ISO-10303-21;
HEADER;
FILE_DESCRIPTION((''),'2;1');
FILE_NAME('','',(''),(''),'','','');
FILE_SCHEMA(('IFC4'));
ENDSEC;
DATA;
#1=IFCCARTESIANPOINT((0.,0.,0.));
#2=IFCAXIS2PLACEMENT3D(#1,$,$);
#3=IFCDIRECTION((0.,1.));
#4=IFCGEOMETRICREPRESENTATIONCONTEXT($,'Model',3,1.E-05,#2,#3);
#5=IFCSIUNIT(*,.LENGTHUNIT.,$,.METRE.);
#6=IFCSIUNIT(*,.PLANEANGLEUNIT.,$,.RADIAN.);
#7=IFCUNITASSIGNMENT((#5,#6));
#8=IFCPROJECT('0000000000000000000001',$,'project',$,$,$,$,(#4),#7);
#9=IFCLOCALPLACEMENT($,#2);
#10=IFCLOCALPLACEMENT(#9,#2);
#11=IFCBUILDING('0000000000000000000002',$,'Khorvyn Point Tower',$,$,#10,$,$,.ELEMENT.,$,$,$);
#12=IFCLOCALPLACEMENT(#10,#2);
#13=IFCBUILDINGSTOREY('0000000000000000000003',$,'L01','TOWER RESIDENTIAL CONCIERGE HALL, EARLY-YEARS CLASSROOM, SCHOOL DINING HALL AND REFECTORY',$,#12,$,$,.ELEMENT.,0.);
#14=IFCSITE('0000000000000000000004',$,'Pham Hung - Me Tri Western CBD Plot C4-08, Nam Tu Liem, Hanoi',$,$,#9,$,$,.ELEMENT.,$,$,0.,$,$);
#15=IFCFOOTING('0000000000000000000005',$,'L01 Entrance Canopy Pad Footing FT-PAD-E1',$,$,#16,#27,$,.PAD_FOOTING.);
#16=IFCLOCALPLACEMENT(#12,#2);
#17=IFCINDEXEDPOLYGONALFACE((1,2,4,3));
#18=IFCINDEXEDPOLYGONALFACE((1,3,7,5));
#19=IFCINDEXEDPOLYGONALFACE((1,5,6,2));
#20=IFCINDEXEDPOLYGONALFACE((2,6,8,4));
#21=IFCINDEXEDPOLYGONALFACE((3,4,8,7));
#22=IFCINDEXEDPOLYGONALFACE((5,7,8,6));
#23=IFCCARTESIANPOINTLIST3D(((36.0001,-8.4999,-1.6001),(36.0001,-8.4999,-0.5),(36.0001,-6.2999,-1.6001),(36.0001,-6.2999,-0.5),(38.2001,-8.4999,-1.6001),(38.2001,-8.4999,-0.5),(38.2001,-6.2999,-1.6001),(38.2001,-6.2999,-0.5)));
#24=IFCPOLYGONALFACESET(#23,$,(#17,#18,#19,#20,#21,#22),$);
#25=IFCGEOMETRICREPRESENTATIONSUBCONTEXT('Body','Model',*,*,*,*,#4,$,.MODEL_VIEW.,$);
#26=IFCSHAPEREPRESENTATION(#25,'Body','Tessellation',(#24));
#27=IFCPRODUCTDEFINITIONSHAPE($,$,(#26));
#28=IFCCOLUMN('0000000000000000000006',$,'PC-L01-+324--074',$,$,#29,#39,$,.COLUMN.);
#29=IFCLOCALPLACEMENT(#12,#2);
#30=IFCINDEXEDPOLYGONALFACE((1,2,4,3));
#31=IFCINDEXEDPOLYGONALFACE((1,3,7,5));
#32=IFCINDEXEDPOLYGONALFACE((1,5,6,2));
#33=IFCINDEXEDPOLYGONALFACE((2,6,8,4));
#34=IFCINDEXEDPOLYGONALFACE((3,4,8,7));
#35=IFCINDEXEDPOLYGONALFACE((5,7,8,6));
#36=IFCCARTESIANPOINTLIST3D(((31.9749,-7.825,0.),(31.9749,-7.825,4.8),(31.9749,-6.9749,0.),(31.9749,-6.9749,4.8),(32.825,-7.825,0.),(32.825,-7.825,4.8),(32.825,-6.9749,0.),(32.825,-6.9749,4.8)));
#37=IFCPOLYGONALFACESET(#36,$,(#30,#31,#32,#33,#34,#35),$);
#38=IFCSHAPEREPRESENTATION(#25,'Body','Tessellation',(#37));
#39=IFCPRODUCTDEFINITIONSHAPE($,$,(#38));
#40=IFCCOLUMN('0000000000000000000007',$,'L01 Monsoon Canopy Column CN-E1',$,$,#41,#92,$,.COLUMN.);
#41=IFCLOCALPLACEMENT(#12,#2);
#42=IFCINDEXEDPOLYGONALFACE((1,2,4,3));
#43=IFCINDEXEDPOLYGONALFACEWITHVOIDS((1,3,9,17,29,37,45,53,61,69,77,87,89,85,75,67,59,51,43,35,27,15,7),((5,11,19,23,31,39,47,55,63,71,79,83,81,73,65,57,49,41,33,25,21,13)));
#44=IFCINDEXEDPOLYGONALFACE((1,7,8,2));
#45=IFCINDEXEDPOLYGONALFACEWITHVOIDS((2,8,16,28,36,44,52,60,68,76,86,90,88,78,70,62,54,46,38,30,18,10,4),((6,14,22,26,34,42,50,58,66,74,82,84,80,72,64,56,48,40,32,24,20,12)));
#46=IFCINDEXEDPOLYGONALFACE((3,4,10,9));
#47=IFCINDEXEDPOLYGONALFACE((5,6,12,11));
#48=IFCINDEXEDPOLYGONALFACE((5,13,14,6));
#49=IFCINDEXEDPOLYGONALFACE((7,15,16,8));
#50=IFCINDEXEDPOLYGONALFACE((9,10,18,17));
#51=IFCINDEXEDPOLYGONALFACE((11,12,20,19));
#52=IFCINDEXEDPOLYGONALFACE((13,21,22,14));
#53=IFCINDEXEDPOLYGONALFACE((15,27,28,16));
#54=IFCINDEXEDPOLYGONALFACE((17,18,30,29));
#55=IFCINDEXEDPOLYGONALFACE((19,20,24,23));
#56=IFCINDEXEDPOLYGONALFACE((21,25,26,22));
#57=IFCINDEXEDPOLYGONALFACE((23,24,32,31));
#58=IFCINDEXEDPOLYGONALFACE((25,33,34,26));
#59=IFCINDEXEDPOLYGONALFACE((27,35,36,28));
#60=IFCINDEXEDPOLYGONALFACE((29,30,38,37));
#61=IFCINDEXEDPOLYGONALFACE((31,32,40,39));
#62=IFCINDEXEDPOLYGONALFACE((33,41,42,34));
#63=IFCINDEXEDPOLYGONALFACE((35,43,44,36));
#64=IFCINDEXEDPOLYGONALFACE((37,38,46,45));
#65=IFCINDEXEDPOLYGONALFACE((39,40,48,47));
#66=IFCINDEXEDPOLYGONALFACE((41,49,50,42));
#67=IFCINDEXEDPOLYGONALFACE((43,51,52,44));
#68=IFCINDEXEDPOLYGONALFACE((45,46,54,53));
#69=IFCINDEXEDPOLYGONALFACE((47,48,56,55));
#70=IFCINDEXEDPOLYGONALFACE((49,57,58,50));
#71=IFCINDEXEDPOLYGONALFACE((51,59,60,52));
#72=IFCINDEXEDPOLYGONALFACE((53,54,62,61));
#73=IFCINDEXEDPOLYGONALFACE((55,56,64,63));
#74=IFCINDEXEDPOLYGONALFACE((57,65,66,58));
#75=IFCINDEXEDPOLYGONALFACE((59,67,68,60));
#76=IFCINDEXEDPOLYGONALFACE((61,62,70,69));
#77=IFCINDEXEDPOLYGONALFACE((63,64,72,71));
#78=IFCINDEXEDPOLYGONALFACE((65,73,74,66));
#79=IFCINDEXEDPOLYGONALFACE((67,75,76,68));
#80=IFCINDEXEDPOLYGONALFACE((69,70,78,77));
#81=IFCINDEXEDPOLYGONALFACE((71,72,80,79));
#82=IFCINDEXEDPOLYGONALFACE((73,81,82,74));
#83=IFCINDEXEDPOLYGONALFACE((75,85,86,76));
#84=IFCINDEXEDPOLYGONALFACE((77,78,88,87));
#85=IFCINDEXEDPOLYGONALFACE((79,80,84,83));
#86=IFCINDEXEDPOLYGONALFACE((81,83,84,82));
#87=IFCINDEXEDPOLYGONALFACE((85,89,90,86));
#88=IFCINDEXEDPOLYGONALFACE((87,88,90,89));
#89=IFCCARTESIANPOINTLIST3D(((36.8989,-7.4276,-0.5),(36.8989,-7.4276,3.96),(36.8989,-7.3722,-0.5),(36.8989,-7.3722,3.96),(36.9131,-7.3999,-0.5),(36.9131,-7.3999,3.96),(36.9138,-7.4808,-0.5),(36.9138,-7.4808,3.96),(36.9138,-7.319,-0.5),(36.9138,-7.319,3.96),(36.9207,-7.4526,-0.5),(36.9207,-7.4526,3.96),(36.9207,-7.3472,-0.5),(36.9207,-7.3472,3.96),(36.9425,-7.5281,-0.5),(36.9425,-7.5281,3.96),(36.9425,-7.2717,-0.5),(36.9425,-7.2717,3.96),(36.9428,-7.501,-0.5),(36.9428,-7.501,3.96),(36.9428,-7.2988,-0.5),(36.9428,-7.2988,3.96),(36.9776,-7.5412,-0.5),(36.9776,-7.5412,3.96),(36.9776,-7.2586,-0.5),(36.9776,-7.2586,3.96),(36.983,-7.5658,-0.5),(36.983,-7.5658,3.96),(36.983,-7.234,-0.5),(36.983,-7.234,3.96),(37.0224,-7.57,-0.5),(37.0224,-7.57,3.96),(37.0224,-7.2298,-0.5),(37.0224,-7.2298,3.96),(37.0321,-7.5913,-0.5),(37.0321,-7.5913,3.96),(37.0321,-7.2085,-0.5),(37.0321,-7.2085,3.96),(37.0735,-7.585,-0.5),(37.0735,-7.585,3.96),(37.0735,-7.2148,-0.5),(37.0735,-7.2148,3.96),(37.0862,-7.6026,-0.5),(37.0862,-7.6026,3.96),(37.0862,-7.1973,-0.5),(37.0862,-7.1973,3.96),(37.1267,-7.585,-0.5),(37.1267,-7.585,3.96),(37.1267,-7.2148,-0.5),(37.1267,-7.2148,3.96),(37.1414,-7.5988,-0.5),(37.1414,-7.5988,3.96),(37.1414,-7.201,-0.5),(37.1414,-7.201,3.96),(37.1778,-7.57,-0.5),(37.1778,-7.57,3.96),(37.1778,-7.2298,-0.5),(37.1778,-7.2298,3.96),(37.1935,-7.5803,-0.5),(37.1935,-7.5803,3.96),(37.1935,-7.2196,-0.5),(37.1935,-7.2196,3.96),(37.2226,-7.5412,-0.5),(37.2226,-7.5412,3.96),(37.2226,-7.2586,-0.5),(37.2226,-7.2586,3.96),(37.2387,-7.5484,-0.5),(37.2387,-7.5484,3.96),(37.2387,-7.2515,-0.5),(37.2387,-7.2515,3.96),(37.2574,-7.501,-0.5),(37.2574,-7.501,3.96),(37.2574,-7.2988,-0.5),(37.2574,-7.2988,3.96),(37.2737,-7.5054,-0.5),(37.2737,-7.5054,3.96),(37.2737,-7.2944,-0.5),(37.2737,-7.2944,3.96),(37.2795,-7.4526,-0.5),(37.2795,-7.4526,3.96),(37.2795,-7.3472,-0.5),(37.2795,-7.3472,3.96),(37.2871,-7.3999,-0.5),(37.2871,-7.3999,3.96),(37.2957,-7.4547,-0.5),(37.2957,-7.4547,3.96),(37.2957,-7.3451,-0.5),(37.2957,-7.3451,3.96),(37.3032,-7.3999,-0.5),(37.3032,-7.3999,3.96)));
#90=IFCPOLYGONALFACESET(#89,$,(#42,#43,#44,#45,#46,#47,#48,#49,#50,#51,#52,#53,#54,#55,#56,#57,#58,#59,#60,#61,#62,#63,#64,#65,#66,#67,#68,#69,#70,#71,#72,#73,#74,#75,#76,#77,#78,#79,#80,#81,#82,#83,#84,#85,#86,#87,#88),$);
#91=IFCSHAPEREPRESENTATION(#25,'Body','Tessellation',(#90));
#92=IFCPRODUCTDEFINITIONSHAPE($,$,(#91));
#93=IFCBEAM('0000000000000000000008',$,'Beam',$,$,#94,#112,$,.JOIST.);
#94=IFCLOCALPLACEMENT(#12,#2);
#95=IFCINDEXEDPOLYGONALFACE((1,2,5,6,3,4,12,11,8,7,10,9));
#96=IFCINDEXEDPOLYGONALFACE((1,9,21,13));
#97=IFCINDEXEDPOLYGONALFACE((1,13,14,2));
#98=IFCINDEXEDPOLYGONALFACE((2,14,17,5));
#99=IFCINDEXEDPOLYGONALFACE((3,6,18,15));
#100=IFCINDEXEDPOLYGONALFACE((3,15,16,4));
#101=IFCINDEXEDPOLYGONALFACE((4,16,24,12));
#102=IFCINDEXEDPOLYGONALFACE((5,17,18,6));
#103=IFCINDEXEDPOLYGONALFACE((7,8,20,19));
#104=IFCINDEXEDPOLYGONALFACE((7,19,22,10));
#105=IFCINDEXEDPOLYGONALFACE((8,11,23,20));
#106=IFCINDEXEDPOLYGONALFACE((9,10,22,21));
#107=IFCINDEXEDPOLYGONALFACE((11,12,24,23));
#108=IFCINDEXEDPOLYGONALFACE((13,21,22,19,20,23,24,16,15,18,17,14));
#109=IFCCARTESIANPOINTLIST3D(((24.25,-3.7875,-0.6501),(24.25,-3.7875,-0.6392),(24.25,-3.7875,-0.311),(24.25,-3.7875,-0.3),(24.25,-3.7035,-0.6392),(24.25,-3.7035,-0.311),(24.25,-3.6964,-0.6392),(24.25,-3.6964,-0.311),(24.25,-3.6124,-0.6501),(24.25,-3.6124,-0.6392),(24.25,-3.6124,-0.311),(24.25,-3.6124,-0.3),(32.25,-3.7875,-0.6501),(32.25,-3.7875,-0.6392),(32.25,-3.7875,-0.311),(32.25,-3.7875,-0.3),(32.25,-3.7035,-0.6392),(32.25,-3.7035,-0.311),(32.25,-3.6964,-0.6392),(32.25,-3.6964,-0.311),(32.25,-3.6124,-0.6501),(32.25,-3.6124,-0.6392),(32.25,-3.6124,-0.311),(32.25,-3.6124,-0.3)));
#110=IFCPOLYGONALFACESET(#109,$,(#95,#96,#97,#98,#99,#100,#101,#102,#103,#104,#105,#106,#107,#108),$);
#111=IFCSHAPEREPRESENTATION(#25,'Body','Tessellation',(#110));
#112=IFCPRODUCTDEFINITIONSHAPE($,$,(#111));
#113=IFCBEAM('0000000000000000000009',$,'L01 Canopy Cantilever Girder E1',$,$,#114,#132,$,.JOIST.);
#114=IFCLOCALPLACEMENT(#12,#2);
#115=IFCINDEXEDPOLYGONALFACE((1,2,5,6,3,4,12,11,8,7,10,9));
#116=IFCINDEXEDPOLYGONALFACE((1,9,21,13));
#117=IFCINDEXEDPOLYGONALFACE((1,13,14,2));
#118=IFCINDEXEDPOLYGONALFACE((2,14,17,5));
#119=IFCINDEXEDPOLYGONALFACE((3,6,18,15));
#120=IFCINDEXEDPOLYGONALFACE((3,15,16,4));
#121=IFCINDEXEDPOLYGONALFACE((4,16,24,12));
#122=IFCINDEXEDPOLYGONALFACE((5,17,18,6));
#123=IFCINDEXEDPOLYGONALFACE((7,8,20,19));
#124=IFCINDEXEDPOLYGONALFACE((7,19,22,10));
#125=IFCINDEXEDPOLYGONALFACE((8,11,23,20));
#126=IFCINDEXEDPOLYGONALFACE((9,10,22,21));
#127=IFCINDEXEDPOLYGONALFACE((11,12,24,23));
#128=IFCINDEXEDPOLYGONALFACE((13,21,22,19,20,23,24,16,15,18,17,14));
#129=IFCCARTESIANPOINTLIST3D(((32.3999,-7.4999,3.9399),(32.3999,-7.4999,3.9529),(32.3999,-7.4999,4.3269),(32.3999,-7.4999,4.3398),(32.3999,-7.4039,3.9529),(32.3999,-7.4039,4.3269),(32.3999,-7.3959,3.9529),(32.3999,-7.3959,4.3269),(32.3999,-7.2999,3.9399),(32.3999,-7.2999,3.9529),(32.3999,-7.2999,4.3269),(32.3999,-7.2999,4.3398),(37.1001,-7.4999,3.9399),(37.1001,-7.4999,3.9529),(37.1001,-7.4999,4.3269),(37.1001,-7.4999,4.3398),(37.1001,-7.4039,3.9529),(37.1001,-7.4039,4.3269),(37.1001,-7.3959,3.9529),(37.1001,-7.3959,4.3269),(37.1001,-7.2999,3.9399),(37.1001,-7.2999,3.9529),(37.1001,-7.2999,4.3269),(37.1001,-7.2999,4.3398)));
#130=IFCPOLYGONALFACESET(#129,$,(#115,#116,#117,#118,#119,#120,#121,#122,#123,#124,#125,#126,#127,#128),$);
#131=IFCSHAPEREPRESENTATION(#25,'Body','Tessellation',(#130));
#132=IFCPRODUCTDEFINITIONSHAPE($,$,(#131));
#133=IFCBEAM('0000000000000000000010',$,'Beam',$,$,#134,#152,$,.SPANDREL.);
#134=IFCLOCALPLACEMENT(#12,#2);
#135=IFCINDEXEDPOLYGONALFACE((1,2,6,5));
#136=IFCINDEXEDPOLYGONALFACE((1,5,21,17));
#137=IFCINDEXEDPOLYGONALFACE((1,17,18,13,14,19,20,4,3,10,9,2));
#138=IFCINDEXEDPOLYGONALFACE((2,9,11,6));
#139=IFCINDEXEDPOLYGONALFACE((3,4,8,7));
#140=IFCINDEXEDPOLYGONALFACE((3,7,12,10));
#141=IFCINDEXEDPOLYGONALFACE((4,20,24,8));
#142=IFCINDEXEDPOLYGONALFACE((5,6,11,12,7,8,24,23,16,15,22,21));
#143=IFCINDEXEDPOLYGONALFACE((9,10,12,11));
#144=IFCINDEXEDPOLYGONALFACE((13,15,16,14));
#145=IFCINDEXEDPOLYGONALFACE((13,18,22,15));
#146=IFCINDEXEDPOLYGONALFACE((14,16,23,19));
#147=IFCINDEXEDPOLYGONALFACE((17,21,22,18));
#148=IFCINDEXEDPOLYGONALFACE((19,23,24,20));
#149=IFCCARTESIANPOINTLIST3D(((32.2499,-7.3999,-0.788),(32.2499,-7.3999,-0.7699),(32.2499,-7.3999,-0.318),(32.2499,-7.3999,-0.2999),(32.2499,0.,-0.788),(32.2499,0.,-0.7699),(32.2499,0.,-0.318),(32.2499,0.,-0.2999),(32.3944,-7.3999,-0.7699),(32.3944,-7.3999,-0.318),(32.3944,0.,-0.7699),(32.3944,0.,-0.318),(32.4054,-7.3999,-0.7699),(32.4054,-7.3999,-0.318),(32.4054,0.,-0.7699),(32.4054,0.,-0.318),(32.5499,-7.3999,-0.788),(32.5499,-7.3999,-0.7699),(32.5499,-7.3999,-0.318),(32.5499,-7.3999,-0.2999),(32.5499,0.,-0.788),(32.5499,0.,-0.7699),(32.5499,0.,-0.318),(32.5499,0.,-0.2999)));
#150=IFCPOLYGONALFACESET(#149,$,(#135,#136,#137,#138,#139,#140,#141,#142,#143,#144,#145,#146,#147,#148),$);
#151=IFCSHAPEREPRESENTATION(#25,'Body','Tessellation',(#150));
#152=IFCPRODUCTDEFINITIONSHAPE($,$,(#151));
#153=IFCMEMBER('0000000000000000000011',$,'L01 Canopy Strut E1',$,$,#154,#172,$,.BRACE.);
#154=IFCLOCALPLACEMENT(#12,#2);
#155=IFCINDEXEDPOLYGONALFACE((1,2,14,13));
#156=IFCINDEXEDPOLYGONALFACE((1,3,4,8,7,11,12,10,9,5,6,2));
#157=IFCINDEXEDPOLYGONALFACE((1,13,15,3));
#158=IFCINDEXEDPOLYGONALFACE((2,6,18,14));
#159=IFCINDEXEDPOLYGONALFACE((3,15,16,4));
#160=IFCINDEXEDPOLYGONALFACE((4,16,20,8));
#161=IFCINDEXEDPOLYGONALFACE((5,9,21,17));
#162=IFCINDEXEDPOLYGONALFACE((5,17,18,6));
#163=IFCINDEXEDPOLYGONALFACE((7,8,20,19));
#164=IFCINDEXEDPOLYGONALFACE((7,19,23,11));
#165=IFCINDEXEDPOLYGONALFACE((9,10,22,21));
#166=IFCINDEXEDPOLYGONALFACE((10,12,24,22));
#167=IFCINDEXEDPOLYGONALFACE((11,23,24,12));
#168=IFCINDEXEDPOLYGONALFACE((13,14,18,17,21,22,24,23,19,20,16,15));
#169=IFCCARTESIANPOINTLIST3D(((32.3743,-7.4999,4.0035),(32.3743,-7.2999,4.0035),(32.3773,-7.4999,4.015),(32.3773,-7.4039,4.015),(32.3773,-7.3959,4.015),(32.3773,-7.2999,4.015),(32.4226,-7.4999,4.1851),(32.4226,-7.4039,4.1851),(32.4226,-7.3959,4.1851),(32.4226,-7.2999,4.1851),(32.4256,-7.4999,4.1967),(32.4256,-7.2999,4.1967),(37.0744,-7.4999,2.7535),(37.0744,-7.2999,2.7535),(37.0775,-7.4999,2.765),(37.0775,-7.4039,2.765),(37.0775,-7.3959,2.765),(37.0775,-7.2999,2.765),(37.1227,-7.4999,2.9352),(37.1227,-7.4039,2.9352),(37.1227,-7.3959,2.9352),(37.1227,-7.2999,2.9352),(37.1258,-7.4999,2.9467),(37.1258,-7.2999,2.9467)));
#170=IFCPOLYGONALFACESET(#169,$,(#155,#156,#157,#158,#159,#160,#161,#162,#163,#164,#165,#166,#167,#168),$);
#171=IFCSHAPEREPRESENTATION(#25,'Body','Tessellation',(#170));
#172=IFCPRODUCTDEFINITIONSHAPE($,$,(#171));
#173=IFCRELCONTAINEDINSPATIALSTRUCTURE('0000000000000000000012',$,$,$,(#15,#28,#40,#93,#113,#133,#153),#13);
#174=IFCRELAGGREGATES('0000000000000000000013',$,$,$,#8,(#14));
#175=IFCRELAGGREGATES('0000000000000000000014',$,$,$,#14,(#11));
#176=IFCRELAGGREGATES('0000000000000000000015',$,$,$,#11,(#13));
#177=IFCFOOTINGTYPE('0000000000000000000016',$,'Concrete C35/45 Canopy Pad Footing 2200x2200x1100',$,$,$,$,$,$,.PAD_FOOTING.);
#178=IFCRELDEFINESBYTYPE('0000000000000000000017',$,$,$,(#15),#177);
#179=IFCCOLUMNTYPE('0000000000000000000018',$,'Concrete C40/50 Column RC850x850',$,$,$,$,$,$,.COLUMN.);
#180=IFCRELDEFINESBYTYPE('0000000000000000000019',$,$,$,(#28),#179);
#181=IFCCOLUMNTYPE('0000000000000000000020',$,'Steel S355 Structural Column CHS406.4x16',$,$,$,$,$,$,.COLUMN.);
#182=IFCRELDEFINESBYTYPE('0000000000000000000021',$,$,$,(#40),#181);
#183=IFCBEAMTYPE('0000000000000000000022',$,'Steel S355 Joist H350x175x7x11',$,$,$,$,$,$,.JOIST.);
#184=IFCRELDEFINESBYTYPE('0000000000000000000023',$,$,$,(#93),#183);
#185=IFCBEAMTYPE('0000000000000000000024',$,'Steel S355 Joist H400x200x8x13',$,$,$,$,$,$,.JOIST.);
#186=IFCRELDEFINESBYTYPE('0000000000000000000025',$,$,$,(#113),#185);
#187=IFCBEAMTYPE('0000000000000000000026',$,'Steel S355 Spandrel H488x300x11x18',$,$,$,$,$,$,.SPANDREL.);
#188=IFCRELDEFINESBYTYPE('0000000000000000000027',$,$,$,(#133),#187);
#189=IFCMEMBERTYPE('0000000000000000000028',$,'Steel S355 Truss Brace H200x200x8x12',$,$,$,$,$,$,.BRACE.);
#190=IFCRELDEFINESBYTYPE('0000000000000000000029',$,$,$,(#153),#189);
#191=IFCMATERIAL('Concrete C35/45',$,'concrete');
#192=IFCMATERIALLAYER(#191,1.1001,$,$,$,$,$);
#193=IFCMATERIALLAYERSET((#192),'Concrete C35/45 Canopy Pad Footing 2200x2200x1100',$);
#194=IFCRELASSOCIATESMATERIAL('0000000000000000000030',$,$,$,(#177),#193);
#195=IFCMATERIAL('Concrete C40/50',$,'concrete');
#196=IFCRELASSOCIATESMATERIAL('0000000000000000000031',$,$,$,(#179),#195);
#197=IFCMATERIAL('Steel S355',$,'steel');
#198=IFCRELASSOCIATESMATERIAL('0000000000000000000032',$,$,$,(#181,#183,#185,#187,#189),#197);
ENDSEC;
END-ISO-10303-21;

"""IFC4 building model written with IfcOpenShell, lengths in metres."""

from ifc_helpers import new_model, si_unit, direction, frame, origin, origin_2d, place, context, subcontext, project, spatial, rectangle, hollow_circle, i_section, extrude, material, layer, layer_set, material_profile, profile_set, type_object, element, save


model = new_model("IFC4")

# Units and contexts
model_context = context("Model", 3, precision=1e-05, world=origin(), true_north=direction((0.0, 1.0)))
body_context = subcontext(model_context, "Body", "Model", "MODEL_VIEW")
ifc_project = project(units=[si_unit("LENGTHUNIT", "METRE"), si_unit("PLANEANGLEUNIT", "RADIAN")], contexts=[model_context])

# Site, building, storey
site_placement = place(None, origin())
site = spatial("IfcSite", under=ifc_project, at=site_placement, Name="Pham Hung - Me Tri Western CBD Plot C4-08, Nam Tu Liem, Hanoi", CompositionType="ELEMENT", RefElevation=0.0)
building_placement = place(site_placement, origin())
building = spatial("IfcBuilding", under=site, at=building_placement, Name="Khorvyn Point Tower", CompositionType="ELEMENT")
storey_placement = place(building_placement, origin())
storey = spatial("IfcBuildingStorey", under=building, at=storey_placement, Name="L01", Description="TOWER RESIDENTIAL CONCIERGE HALL, EARLY-YEARS CLASSROOM, SCHOOL DINING HALL AND REFECTORY", CompositionType="ELEMENT", Elevation=0.0)

# Footing
ifc_material_1 = material(Name="Concrete C35/45", Category="concrete")
ifc_layer_1 = layer(ifc_material_1, 1.1001)
ifc_layer_set_1 = layer_set([ifc_layer_1], Name="Concrete C35/45 Canopy Pad Footing 2200x2200x1100")
footing_type = type_object("IfcFootingType", Name="Concrete C35/45 Canopy Pad Footing 2200x2200x1100", PredefinedType="PAD_FOOTING", material=ifc_layer_set_1)
footing_placement = place(storey_placement, frame((37.1001, -7.3999, -1.6001), z_axis=(0.0, 0.0, 1.0), x_axis=(1.0, 0.0, 0.0)))
element("IfcFooting", 1, at=footing_placement, inside=storey, type_object=footing_type, Name="L01 Entrance Canopy Pad Footing FT-PAD-E1", PredefinedType="PAD_FOOTING", context=body_context, shape_type="SweptSolid", body=[
    extrude(rectangle(XDim=2.2, YDim=2.2, at=origin_2d()), origin(), (0.0, 0.0, 1.0), 1.1001),
])

# Columns
ifc_material_2 = material(Name="Concrete C40/50", Category="concrete")
ifc_material_profile_1 = material_profile(ifc_material_2, rectangle(XDim=0.8501, YDim=0.8501, at=origin_2d()))
ifc_profile_set_1 = profile_set([ifc_material_profile_1], Name="Concrete C40/50 RC850x850")
column_type_1 = type_object("IfcColumnType", Name="Concrete C40/50 Column RC850x850", PredefinedType="COLUMN", material=ifc_profile_set_1)
column_1_placement = place(storey_placement, frame((32.3999, -7.3999, 0.0), z_axis=(0.0, 0.0, 1.0), x_axis=(1.0, 0.0, 0.0)))
element("IfcColumn", 2, at=column_1_placement, inside=storey, type_object=column_type_1, Name="PC-L01-+324--074", PredefinedType="COLUMN", context=body_context, shape_type="SweptSolid", body=[
    extrude(rectangle(XDim=0.8501, YDim=0.8501, at=origin_2d()), origin(), (0.0, 0.0, 1.0), 4.8),
])
ifc_material_3 = material(Name="Steel S355", Category="steel")
ifc_material_profile_2 = material_profile(ifc_material_3, hollow_circle(Radius=0.2031, WallThickness=0.0161, at=origin_2d()))
ifc_profile_set_2 = profile_set([ifc_material_profile_2], Name="Steel S355 CHS406.4x16")
column_type_2 = type_object("IfcColumnType", Name="Steel S355 Structural Column CHS406.4x16", PredefinedType="COLUMN", material=ifc_profile_set_2)
column_2_placement = place(storey_placement, frame((37.1001, -7.3999, -0.5), z_axis=(0.0, 0.0, 1.0), x_axis=(1.0, 0.0, 0.0)))
element("IfcColumn", 3, at=column_2_placement, inside=storey, type_object=column_type_2, Name="L01 Monsoon Canopy Column CN-E1", PredefinedType="COLUMN", context=body_context, shape_type="SweptSolid", body=[
    extrude(hollow_circle(Radius=0.2031, WallThickness=0.0161, at=origin_2d()), origin(), (0.0, 0.0, 1.0), 4.46),
])

# Beams
ifc_material_profile_3 = material_profile(ifc_material_3, i_section(OverallWidth=0.175, OverallDepth=0.3501, WebThickness=0.0071, FlangeThickness=0.011, at=origin_2d()))
ifc_profile_set_3 = profile_set([ifc_material_profile_3], Name="Steel S355 H350x175x7x11")
beam_type_1 = type_object("IfcBeamType", Name="Steel S355 Joist H350x175x7x11", PredefinedType="JOIST", material=ifc_profile_set_3)
beam_1_placement = place(storey_placement, frame((24.25, -3.7, -0.4751), z_axis=(1.0, 0.0, 0.0), x_axis=(0.0, 1.0, 0.0)))
element("IfcBeam", 4, at=beam_1_placement, inside=storey, type_object=beam_type_1, Name="Beam", PredefinedType="JOIST", context=body_context, shape_type="SweptSolid", body=[
    extrude(i_section(OverallWidth=0.175, OverallDepth=0.3501, WebThickness=0.0071, FlangeThickness=0.011, at=origin_2d()), origin(), (0.0, 0.0, 1.0), 8.0),
])
ifc_material_profile_4 = material_profile(ifc_material_3, i_section(OverallWidth=0.2, OverallDepth=0.3999, WebThickness=0.0081, FlangeThickness=0.0129, at=origin_2d()))
ifc_profile_set_4 = profile_set([ifc_material_profile_4], Name="Steel S355 H400x200x8x13")
beam_type_2 = type_object("IfcBeamType", Name="Steel S355 Joist H400x200x8x13", PredefinedType="JOIST", material=ifc_profile_set_4)
beam_2_placement = place(storey_placement, frame((32.3999, -7.3999, 4.1399), z_axis=(1.0, 0.0, 0.0), x_axis=(0.0, 1.0, 0.0)))
element("IfcBeam", 5, at=beam_2_placement, inside=storey, type_object=beam_type_2, Name="L01 Canopy Cantilever Girder E1", PredefinedType="JOIST", context=body_context, shape_type="SweptSolid", body=[
    extrude(i_section(OverallWidth=0.2, OverallDepth=0.3999, WebThickness=0.0081, FlangeThickness=0.0129, at=origin_2d()), origin(), (0.0, 0.0, 1.0), 4.7002),
])
ifc_material_profile_5 = material_profile(ifc_material_3, i_section(OverallWidth=0.3, OverallDepth=0.488, WebThickness=0.011, FlangeThickness=0.0181, at=origin_2d()))
ifc_profile_set_5 = profile_set([ifc_material_profile_5], Name="Steel S355 H488x300x11x18")
beam_type_3 = type_object("IfcBeamType", Name="Steel S355 Spandrel H488x300x11x18", PredefinedType="SPANDREL", material=ifc_profile_set_5)
beam_3_placement = place(storey_placement, frame((32.3999, -7.3999, -0.5439), z_axis=(0.0, 1.0, 0.0), x_axis=(-1.0, 0.0, 0.0)))
element("IfcBeam", 6, at=beam_3_placement, inside=storey, type_object=beam_type_3, Name="Beam", PredefinedType="SPANDREL", context=body_context, shape_type="SweptSolid", body=[
    extrude(i_section(OverallWidth=0.3, OverallDepth=0.488, WebThickness=0.011, FlangeThickness=0.0181, at=origin_2d()), origin(), (0.0, 0.0, 1.0), 7.3999),
])

# Member
ifc_material_profile_6 = material_profile(ifc_material_3, i_section(OverallWidth=0.2, OverallDepth=0.2, WebThickness=0.0081, FlangeThickness=0.012, at=origin_2d()))
ifc_profile_set_6 = profile_set([ifc_material_profile_6], Name="Steel S355 H200x200x8x12")
member_type_1 = type_object("IfcMemberType", Name="Steel S355 Truss Brace H200x200x8x12", PredefinedType="BRACE", material=ifc_profile_set_6)
member_1_placement = place(storey_placement, frame((37.1001, -7.3999, 2.8501), z_axis=(-0.966408, 0.0, 0.257013), x_axis=(0.0, -1.0, 0.0)))
element("IfcMember", 7, at=member_1_placement, inside=storey, type_object=member_type_1, Name="L01 Canopy Strut E1", PredefinedType="BRACE", context=body_context, shape_type="SweptSolid", body=[
    extrude(i_section(OverallWidth=0.2, OverallDepth=0.2, WebThickness=0.0081, FlangeThickness=0.012, at=origin_2d()), origin(), (0.0, 0.0, 1.0), 4.8635),
])

save(model, "model.ifc")
